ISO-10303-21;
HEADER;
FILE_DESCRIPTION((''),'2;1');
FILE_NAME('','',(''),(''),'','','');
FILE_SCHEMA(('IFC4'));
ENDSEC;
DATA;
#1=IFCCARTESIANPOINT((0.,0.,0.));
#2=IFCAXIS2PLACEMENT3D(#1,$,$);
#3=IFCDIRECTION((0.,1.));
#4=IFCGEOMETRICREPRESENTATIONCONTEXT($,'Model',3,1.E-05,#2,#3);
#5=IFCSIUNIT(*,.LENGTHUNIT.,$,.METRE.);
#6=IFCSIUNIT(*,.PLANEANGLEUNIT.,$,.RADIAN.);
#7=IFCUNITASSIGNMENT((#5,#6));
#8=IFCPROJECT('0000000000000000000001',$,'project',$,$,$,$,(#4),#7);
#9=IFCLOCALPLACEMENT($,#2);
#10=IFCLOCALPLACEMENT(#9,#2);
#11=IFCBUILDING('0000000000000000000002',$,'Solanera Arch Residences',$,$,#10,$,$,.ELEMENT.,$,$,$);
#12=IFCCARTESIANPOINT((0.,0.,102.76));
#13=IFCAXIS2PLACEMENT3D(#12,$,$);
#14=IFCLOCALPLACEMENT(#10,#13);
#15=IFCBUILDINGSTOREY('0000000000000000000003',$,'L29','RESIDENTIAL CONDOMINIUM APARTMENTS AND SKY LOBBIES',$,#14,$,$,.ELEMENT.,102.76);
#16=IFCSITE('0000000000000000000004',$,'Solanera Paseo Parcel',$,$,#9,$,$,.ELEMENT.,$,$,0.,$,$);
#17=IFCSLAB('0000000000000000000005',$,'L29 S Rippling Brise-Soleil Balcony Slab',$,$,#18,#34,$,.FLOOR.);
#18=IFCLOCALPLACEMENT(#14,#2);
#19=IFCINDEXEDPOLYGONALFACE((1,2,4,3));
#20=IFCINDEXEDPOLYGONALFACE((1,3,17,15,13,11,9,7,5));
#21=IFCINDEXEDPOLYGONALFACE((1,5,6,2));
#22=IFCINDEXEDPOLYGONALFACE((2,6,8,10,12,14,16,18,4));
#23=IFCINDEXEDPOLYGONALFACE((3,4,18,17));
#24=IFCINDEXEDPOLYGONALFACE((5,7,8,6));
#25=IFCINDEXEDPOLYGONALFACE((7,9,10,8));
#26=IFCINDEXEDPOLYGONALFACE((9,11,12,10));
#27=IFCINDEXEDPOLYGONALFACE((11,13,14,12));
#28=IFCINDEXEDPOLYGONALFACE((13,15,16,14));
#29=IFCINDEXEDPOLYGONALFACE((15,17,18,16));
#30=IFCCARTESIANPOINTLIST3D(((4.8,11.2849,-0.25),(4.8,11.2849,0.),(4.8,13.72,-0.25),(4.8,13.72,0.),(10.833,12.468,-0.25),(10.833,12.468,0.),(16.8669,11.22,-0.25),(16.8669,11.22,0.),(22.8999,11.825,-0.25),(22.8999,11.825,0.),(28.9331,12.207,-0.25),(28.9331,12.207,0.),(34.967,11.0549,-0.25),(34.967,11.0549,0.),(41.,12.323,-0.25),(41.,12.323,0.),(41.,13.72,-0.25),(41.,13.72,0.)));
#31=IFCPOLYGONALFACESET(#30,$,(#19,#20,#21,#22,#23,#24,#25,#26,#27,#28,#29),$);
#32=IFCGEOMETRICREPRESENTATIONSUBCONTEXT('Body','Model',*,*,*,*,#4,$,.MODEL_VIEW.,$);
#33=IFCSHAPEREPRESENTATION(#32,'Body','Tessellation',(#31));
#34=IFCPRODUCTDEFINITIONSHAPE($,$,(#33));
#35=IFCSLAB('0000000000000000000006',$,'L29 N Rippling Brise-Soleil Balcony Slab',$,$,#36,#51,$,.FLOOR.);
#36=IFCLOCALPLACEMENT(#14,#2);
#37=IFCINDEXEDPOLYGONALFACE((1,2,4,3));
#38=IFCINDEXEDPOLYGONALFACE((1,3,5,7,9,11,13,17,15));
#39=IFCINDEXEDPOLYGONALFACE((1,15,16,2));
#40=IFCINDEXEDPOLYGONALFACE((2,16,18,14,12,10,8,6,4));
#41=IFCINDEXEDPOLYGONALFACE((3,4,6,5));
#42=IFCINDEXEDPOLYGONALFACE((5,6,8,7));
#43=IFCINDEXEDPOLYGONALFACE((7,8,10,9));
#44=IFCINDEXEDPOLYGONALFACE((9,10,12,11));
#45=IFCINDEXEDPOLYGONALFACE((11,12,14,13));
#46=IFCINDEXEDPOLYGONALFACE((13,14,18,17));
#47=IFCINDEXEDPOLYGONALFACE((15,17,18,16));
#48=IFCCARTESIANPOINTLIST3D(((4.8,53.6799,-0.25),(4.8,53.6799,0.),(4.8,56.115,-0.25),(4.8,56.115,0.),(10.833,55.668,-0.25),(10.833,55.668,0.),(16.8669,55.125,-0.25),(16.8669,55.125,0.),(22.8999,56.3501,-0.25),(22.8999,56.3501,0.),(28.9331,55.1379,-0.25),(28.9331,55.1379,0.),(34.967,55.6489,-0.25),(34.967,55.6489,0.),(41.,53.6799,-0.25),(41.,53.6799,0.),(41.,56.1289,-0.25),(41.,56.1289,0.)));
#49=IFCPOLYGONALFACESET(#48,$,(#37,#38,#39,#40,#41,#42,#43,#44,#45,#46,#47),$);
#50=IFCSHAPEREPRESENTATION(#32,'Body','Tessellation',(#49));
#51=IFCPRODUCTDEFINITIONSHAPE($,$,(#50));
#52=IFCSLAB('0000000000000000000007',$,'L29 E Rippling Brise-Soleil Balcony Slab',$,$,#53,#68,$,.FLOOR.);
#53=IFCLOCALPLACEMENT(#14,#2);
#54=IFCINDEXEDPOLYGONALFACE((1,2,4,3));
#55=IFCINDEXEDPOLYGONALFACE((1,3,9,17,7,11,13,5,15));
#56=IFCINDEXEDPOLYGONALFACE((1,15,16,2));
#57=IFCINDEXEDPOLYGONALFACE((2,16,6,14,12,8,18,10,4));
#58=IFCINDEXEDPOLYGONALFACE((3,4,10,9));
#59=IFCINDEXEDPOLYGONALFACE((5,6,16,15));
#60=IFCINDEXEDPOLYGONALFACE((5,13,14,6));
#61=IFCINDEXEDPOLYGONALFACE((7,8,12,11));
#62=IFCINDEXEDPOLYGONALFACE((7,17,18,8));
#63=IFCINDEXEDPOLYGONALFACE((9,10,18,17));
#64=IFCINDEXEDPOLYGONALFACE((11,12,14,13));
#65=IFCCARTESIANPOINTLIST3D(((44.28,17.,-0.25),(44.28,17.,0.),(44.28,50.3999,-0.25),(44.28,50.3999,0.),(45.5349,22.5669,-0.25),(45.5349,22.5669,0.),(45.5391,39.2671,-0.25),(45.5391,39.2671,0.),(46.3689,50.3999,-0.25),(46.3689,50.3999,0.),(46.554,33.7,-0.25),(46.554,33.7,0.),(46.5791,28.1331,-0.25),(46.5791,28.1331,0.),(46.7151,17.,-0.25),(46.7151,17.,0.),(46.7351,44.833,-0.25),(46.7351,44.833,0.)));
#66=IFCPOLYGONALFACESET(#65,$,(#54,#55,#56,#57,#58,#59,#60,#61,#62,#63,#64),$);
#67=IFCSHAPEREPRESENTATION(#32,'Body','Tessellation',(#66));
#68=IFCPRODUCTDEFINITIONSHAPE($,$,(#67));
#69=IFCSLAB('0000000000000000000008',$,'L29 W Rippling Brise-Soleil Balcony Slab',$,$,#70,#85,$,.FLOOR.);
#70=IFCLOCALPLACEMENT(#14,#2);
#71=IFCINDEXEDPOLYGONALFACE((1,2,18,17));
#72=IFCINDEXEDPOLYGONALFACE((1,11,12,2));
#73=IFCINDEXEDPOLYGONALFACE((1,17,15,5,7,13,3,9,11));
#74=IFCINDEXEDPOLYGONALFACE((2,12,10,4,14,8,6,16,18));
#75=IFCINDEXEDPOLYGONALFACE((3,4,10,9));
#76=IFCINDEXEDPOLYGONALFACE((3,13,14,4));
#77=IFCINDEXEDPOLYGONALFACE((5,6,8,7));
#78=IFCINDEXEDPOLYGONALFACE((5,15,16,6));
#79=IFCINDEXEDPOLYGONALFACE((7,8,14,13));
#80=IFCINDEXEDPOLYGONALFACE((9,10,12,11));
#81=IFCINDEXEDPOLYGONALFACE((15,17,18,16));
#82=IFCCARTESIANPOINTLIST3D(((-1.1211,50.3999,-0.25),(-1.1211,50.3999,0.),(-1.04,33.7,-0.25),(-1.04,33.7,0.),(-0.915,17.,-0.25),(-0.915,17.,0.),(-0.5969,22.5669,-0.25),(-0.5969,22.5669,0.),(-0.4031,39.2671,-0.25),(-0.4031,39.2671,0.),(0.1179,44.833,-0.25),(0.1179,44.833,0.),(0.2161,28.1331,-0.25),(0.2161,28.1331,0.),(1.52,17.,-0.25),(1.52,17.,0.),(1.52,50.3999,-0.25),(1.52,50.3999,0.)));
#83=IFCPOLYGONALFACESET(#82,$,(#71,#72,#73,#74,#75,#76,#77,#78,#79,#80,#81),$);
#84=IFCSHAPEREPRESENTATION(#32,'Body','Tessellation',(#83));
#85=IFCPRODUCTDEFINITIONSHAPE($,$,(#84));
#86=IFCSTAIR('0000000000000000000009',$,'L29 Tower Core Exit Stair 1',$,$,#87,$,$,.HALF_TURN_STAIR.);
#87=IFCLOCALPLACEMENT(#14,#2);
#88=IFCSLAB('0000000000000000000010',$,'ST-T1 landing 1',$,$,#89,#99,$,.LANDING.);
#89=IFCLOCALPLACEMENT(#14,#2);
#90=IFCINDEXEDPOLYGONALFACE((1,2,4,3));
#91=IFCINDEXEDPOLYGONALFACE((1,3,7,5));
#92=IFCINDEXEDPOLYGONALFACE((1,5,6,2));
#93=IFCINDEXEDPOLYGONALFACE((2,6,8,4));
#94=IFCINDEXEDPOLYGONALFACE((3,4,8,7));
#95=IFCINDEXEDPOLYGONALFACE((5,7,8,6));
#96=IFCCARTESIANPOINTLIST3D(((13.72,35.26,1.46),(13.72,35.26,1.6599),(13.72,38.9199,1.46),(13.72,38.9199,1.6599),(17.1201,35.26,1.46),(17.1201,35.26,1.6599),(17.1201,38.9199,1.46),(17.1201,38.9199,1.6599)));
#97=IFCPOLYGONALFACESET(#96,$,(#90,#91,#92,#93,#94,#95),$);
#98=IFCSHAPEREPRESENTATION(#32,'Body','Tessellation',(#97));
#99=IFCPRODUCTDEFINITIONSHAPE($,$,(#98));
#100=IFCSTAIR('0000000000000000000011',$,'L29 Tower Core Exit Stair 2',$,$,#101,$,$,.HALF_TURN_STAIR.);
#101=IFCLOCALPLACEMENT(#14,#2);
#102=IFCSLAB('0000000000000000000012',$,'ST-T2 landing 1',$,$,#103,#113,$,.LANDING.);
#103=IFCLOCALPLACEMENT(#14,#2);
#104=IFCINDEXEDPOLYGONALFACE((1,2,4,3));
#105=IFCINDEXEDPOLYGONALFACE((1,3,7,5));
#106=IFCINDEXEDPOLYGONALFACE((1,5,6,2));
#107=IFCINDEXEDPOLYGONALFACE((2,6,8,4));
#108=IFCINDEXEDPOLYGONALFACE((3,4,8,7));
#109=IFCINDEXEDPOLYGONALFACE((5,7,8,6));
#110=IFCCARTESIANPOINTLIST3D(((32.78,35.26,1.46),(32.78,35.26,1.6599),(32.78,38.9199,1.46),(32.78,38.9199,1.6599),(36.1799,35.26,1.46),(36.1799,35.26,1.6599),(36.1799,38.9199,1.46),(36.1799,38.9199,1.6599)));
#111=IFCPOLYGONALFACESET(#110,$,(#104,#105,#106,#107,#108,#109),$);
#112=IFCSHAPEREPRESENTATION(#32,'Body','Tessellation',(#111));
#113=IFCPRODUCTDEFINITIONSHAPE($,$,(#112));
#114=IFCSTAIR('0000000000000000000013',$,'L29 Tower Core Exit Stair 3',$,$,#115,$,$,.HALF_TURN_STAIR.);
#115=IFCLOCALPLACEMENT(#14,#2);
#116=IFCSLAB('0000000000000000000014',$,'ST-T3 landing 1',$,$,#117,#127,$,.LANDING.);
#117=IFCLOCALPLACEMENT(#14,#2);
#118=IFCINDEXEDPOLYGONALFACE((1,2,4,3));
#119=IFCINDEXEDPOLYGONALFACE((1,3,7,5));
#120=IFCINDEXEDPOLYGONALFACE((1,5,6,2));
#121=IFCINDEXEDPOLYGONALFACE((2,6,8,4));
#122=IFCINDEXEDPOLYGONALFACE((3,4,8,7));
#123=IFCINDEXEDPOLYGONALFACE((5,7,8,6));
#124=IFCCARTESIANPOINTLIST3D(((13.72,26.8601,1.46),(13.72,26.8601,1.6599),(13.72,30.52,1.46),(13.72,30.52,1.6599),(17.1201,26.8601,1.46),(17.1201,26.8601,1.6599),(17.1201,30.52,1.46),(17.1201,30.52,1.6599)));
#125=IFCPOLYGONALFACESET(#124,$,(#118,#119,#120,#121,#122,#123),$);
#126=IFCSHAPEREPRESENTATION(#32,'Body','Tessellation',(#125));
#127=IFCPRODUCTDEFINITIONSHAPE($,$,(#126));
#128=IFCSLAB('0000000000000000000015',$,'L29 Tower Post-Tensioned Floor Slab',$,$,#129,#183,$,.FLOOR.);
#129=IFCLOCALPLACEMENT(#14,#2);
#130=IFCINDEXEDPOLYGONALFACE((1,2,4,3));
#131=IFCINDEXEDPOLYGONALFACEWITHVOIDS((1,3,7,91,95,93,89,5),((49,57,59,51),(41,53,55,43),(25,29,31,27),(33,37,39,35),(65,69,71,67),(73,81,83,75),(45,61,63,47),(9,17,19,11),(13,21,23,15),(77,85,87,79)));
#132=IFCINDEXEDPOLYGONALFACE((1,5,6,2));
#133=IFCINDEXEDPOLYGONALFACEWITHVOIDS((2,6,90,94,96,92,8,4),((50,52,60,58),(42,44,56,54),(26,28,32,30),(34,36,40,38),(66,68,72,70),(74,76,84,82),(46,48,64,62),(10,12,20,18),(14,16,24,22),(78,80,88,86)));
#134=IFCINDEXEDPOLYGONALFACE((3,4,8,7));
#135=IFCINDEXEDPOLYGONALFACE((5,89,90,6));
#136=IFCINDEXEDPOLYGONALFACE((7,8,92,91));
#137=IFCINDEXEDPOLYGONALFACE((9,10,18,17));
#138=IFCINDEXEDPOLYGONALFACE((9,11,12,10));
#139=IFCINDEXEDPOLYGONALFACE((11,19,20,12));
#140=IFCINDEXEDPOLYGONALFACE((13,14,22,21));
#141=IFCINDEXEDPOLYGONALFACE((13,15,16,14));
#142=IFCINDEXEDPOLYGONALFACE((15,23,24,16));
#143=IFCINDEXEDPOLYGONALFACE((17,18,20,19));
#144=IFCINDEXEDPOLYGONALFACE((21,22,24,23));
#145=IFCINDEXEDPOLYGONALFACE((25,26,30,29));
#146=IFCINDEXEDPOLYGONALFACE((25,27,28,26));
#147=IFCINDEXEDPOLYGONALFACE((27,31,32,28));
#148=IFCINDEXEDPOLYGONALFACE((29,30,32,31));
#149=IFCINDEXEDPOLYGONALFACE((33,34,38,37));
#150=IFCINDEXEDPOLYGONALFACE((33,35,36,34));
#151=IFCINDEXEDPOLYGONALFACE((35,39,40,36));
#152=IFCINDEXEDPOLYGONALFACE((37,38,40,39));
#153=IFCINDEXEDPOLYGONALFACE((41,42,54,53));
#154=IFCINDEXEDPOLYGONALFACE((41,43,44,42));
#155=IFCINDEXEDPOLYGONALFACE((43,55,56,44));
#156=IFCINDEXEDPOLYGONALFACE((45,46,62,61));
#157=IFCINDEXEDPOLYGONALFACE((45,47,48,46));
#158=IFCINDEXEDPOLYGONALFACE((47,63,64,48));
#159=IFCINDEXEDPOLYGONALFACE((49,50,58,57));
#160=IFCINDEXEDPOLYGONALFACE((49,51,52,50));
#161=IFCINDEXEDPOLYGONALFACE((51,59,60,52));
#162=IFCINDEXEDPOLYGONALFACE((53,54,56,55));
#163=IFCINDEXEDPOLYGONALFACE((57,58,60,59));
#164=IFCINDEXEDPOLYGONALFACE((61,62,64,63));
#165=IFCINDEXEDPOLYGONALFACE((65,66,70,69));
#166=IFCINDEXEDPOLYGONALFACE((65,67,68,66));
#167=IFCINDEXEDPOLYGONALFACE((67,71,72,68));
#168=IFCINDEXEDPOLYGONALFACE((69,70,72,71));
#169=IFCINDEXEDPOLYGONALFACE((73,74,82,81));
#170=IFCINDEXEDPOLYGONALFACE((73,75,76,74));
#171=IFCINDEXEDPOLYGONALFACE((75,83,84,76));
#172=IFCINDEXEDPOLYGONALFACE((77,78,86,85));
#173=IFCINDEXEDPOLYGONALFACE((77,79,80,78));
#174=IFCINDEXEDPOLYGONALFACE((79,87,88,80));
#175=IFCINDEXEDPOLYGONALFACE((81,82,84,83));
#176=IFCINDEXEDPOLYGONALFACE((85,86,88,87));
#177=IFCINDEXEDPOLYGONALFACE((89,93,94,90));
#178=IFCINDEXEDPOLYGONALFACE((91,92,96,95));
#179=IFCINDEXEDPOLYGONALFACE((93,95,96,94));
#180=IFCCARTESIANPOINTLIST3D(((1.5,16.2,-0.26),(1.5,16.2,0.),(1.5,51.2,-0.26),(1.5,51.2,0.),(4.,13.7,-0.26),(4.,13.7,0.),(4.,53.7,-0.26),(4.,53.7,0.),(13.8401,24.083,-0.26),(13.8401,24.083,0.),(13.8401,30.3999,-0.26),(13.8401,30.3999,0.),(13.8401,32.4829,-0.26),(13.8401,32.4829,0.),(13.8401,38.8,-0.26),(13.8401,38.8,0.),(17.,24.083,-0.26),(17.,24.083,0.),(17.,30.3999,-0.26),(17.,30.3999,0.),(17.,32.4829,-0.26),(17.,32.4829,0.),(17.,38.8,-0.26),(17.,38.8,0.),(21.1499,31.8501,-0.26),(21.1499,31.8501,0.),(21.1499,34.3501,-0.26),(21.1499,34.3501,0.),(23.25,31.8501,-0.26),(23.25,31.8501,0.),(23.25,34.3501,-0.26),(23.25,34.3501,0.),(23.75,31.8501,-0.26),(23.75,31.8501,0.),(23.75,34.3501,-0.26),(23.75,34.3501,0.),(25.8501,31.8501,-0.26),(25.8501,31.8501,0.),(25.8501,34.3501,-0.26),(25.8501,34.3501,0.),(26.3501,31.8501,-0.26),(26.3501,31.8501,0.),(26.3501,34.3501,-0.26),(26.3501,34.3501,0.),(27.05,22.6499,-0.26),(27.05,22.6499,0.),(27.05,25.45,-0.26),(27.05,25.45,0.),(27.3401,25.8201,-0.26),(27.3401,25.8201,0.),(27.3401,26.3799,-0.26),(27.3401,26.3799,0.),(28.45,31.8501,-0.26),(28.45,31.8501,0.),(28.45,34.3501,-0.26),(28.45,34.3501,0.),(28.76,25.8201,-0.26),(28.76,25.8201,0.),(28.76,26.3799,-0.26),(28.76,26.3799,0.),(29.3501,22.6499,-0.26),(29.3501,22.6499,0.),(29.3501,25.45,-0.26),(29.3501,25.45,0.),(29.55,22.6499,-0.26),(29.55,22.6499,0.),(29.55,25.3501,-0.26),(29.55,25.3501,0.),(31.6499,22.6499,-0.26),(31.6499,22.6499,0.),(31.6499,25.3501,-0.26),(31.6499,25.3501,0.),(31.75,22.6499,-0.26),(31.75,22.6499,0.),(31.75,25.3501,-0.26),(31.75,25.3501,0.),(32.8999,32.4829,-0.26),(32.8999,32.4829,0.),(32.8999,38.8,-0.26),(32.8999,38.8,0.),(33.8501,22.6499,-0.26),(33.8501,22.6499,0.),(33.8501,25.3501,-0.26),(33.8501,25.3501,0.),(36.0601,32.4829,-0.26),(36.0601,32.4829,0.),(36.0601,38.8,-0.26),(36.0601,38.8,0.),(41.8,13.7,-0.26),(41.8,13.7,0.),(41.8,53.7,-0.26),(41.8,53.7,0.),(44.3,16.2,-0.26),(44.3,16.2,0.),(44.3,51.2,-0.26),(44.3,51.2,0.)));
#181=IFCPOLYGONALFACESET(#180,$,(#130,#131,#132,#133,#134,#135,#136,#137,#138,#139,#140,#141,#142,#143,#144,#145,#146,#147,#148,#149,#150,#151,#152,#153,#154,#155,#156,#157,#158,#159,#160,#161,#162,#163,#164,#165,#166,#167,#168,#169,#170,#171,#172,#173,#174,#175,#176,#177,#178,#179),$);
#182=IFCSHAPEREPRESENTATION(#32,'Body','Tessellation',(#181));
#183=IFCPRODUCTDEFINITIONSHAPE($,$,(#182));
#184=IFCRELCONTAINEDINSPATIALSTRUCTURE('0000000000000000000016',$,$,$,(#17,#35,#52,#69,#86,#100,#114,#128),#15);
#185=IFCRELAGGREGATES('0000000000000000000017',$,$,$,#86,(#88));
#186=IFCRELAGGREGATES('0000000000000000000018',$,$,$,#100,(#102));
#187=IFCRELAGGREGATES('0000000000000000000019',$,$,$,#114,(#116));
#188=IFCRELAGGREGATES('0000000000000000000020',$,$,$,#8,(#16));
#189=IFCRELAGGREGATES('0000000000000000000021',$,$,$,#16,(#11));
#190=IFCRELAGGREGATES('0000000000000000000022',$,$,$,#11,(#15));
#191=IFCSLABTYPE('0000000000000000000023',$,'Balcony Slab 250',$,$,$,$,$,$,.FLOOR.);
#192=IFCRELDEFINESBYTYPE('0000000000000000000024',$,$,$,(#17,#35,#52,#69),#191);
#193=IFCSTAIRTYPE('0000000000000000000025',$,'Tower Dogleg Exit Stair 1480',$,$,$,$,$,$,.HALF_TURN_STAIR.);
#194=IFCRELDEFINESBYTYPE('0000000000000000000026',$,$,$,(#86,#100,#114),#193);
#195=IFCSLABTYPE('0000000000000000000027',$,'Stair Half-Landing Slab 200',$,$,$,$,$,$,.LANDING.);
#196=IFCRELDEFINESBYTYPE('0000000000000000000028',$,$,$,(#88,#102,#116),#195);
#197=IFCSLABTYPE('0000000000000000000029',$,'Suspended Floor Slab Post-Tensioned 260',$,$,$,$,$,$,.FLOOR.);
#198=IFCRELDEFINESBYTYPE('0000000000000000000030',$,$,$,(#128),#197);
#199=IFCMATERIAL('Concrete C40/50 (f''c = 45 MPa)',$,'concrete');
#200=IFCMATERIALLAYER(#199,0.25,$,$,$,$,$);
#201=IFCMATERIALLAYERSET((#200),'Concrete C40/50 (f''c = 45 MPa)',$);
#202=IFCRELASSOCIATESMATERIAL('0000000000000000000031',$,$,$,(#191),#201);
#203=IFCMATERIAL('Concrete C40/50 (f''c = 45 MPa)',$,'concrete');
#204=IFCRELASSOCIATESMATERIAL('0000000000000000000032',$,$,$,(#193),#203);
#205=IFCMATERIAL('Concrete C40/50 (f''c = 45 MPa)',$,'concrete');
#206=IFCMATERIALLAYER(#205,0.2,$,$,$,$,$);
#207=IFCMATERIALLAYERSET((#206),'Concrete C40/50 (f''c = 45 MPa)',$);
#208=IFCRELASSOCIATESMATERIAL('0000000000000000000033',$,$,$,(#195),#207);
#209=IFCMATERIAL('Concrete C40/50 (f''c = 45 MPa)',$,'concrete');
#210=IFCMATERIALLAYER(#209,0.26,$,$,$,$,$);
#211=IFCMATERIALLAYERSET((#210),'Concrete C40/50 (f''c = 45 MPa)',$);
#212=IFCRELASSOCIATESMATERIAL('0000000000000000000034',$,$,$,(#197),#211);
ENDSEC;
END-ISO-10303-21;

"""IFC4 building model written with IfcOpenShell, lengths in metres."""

from ifc_helpers import new_model, si_unit, direction, frame, origin, place, context, subcontext, project, spatial, polyline, outline, extrude, material, layer, layer_set, type_object, element, aggregate, save


model = new_model("IFC4")

# Units and contexts
model_context = context("Model", 3, precision=1e-05, world=origin(), true_north=direction((0.0, 1.0)))
body_context = subcontext(model_context, "Body", "Model", "MODEL_VIEW")
ifc_project = project(units=[si_unit("LENGTHUNIT", "METRE"), si_unit("PLANEANGLEUNIT", "RADIAN")], contexts=[model_context])

# Site, building, storey
site_placement = place(None, origin())
site = spatial("IfcSite", under=ifc_project, at=site_placement, Name="Solanera Paseo Parcel", CompositionType="ELEMENT", RefElevation=0.0)
building_placement = place(site_placement, origin())
building = spatial("IfcBuilding", under=site, at=building_placement, Name="Solanera Arch Residences", CompositionType="ELEMENT")
storey_placement = place(building_placement, frame((0.0, 0.0, 102.76)))
storey = spatial("IfcBuildingStorey", under=building, at=storey_placement, Name="L29", Description="RESIDENTIAL CONDOMINIUM APARTMENTS AND SKY LOBBIES", CompositionType="ELEMENT", Elevation=102.76)

# Slabs
ifc_material_1 = material(Name="Concrete C40/50 (f'c = 45 MPa)", Category="concrete")
ifc_layer_1 = layer(ifc_material_1, 0.25)
ifc_layer_set_1 = layer_set([ifc_layer_1], Name="Concrete C40/50 (f'c = 45 MPa)")
slab_type_1 = type_object("IfcSlabType", Name="Balcony Slab 250", PredefinedType="FLOOR", material=ifc_layer_set_1)
slab_1_placement = place(storey_placement, frame((0.0, 0.0, -0.25)))
element("IfcSlab", 1, at=slab_1_placement, inside=storey, type_object=slab_type_1, Name="L29 S Rippling Brise-Soleil Balcony Slab", PredefinedType="FLOOR", context=body_context, shape_type="SweptSolid", body=[
    extrude(outline(polyline([(4.8, 11.2849), (10.833, 12.468), (16.8669, 11.22), (22.8999, 11.825), (28.9331, 12.207), (34.967, 11.0549), (41.0, 12.323), (41.0, 13.72), (4.8, 13.72), (4.8, 11.2849)])), origin(), (0.0, 0.0, 1.0), 0.25),
])
slab_2_placement = place(storey_placement, frame((0.0, 0.0, -0.25)))
element("IfcSlab", 2, at=slab_2_placement, inside=storey, type_object=slab_type_1, Name="L29 N Rippling Brise-Soleil Balcony Slab", PredefinedType="FLOOR", context=body_context, shape_type="SweptSolid", body=[
    extrude(outline(polyline([(41.0, 56.1289), (34.967, 55.6489), (28.9331, 55.1379), (22.8999, 56.3501), (16.8669, 55.125), (10.833, 55.668), (4.8, 56.115), (4.8, 53.6799), (41.0, 53.6799), (41.0, 56.1289)])), origin(), (0.0, 0.0, 1.0), 0.25),
])
slab_3_placement = place(storey_placement, frame((0.0, 0.0, -0.25)))
element("IfcSlab", 3, at=slab_3_placement, inside=storey, type_object=slab_type_1, Name="L29 E Rippling Brise-Soleil Balcony Slab", PredefinedType="FLOOR", context=body_context, shape_type="SweptSolid", body=[
    extrude(outline(polyline([(46.7151, 17.0), (45.5349, 22.5669), (46.5791, 28.1331), (46.554, 33.7), (45.5391, 39.2671), (46.7351, 44.833), (46.3689, 50.3999), (44.28, 50.3999), (44.28, 17.0), (46.7151, 17.0)])), origin(), (0.0, 0.0, 1.0), 0.25),
])
slab_4_placement = place(storey_placement, frame((0.0, 0.0, -0.25)))
element("IfcSlab", 4, at=slab_4_placement, inside=storey, type_object=slab_type_1, Name="L29 W Rippling Brise-Soleil Balcony Slab", PredefinedType="FLOOR", context=body_context, shape_type="SweptSolid", body=[
    extrude(outline(polyline([(-1.1211, 50.3999), (0.1179, 44.833), (-0.4031, 39.2671), (-1.04, 33.7), (0.2161, 28.1331), (-0.5969, 22.5669), (-0.915, 17.0), (1.52, 17.0), (1.52, 50.3999), (-1.1211, 50.3999)])), origin(), (0.0, 0.0, 1.0), 0.25),
])

# Stairs, slabs
ifc_material_2 = material(Name="Concrete C40/50 (f'c = 45 MPa)", Category="concrete")
stair_type = type_object("IfcStairType", Name="Tower Dogleg Exit Stair 1480", PredefinedType="HALF_TURN_STAIR", material=ifc_material_2)
stair_1_placement = place(storey_placement, origin())
stair_1 = element("IfcStair", 5, at=stair_1_placement, inside=storey, type_object=stair_type, Name="L29 Tower Core Exit Stair 1", PredefinedType="HALF_TURN_STAIR")
ifc_material_3 = material(Name="Concrete C40/50 (f'c = 45 MPa)", Category="concrete")
ifc_layer_2 = layer(ifc_material_3, 0.2)
ifc_layer_set_2 = layer_set([ifc_layer_2], Name="Concrete C40/50 (f'c = 45 MPa)")
slab_type_2 = type_object("IfcSlabType", Name="Stair Half-Landing Slab 200", PredefinedType="LANDING", material=ifc_layer_set_2)
slab_5_placement = place(storey_placement, frame((0.0, 0.0, 1.46)))
slab_5 = element("IfcSlab", 6, at=slab_5_placement, type_object=slab_type_2, Name="ST-T1 landing 1", PredefinedType="LANDING", context=body_context, shape_type="SweptSolid", body=[
    extrude(outline(polyline([(17.1201, 35.26), (17.1201, 38.9199), (13.72, 38.9199), (13.72, 35.26), (17.1201, 35.26)])), origin(), (0.0, 0.0, 1.0), 0.2),
])
aggregate(stair_1, [slab_5])
stair_2_placement = place(storey_placement, origin())
stair_2 = element("IfcStair", 7, at=stair_2_placement, inside=storey, type_object=stair_type, Name="L29 Tower Core Exit Stair 2", PredefinedType="HALF_TURN_STAIR")
slab_6_placement = place(storey_placement, frame((0.0, 0.0, 1.46)))
slab_6 = element("IfcSlab", 8, at=slab_6_placement, type_object=slab_type_2, Name="ST-T2 landing 1", PredefinedType="LANDING", context=body_context, shape_type="SweptSolid", body=[
    extrude(outline(polyline([(36.1799, 35.26), (36.1799, 38.9199), (32.78, 38.9199), (32.78, 35.26), (36.1799, 35.26)])), origin(), (0.0, 0.0, 1.0), 0.2),
])
aggregate(stair_2, [slab_6])
stair_3_placement = place(storey_placement, origin())
stair_3 = element("IfcStair", 9, at=stair_3_placement, inside=storey, type_object=stair_type, Name="L29 Tower Core Exit Stair 3", PredefinedType="HALF_TURN_STAIR")
slab_7_placement = place(storey_placement, frame((0.0, 0.0, 1.46)))
slab_7 = element("IfcSlab", 10, at=slab_7_placement, type_object=slab_type_2, Name="ST-T3 landing 1", PredefinedType="LANDING", context=body_context, shape_type="SweptSolid", body=[
    extrude(outline(polyline([(17.1201, 26.8601), (17.1201, 30.52), (13.72, 30.52), (13.72, 26.8601), (17.1201, 26.8601)])), origin(), (0.0, 0.0, 1.0), 0.2),
])
aggregate(stair_3, [slab_7])

# Slab
ifc_material_4 = material(Name="Concrete C40/50 (f'c = 45 MPa)", Category="concrete")
ifc_layer_3 = layer(ifc_material_4, 0.26)
ifc_layer_set_3 = layer_set([ifc_layer_3], Name="Concrete C40/50 (f'c = 45 MPa)")
slab_type_3 = type_object("IfcSlabType", Name="Suspended Floor Slab Post-Tensioned 260", PredefinedType="FLOOR", material=ifc_layer_set_3)
slab_8_placement = place(storey_placement, frame((0.0, 0.0, -0.26)))
element("IfcSlab", 11, at=slab_8_placement, inside=storey, type_object=slab_type_3, Name="L29 Tower Post-Tensioned Floor Slab", PredefinedType="FLOOR", context=body_context, shape_type="SweptSolid", body=[
    extrude(outline(polyline([(4.0, 13.7), (41.8, 13.7), (44.3, 16.2), (44.3, 51.2), (41.8, 53.7), (4.0, 53.7), (1.5, 51.2), (1.5, 16.2), (4.0, 13.7)]), holes=[polyline([(13.8401, 32.4829), (13.8401, 38.8), (17.0, 38.8), (17.0, 32.4829), (13.8401, 32.4829)]), polyline([(32.8999, 32.4829), (32.8999, 38.8), (36.0601, 38.8), (36.0601, 32.4829), (32.8999, 32.4829)]), polyline([(13.8401, 24.083), (13.8401, 30.3999), (17.0, 30.3999), (17.0, 24.083), (13.8401, 24.083)]), polyline([(21.1499, 34.3501), (23.25, 34.3501), (23.25, 31.8501), (21.1499, 31.8501), (21.1499, 34.3501)]), polyline([(23.75, 34.3501), (25.8501, 34.3501), (25.8501, 31.8501), (23.75, 31.8501), (23.75, 34.3501)]), polyline([(26.3501, 34.3501), (28.45, 34.3501), (28.45, 31.8501), (26.3501, 31.8501), (26.3501, 34.3501)]), polyline([(29.55, 25.3501), (31.6499, 25.3501), (31.6499, 22.6499), (29.55, 22.6499), (29.55, 25.3501)]), polyline([(31.75, 25.3501), (33.8501, 25.3501), (33.8501, 22.6499), (31.75, 22.6499), (31.75, 25.3501)]), polyline([(27.05, 25.45), (29.3501, 25.45), (29.3501, 22.6499), (27.05, 22.6499), (27.05, 25.45)]), polyline([(27.3401, 26.3799), (28.76, 26.3799), (28.76, 25.8201), (27.3401, 25.8201), (27.3401, 26.3799)])]), origin(), (0.0, 0.0, 1.0), 0.26),
])

save(model, "model.ifc")
